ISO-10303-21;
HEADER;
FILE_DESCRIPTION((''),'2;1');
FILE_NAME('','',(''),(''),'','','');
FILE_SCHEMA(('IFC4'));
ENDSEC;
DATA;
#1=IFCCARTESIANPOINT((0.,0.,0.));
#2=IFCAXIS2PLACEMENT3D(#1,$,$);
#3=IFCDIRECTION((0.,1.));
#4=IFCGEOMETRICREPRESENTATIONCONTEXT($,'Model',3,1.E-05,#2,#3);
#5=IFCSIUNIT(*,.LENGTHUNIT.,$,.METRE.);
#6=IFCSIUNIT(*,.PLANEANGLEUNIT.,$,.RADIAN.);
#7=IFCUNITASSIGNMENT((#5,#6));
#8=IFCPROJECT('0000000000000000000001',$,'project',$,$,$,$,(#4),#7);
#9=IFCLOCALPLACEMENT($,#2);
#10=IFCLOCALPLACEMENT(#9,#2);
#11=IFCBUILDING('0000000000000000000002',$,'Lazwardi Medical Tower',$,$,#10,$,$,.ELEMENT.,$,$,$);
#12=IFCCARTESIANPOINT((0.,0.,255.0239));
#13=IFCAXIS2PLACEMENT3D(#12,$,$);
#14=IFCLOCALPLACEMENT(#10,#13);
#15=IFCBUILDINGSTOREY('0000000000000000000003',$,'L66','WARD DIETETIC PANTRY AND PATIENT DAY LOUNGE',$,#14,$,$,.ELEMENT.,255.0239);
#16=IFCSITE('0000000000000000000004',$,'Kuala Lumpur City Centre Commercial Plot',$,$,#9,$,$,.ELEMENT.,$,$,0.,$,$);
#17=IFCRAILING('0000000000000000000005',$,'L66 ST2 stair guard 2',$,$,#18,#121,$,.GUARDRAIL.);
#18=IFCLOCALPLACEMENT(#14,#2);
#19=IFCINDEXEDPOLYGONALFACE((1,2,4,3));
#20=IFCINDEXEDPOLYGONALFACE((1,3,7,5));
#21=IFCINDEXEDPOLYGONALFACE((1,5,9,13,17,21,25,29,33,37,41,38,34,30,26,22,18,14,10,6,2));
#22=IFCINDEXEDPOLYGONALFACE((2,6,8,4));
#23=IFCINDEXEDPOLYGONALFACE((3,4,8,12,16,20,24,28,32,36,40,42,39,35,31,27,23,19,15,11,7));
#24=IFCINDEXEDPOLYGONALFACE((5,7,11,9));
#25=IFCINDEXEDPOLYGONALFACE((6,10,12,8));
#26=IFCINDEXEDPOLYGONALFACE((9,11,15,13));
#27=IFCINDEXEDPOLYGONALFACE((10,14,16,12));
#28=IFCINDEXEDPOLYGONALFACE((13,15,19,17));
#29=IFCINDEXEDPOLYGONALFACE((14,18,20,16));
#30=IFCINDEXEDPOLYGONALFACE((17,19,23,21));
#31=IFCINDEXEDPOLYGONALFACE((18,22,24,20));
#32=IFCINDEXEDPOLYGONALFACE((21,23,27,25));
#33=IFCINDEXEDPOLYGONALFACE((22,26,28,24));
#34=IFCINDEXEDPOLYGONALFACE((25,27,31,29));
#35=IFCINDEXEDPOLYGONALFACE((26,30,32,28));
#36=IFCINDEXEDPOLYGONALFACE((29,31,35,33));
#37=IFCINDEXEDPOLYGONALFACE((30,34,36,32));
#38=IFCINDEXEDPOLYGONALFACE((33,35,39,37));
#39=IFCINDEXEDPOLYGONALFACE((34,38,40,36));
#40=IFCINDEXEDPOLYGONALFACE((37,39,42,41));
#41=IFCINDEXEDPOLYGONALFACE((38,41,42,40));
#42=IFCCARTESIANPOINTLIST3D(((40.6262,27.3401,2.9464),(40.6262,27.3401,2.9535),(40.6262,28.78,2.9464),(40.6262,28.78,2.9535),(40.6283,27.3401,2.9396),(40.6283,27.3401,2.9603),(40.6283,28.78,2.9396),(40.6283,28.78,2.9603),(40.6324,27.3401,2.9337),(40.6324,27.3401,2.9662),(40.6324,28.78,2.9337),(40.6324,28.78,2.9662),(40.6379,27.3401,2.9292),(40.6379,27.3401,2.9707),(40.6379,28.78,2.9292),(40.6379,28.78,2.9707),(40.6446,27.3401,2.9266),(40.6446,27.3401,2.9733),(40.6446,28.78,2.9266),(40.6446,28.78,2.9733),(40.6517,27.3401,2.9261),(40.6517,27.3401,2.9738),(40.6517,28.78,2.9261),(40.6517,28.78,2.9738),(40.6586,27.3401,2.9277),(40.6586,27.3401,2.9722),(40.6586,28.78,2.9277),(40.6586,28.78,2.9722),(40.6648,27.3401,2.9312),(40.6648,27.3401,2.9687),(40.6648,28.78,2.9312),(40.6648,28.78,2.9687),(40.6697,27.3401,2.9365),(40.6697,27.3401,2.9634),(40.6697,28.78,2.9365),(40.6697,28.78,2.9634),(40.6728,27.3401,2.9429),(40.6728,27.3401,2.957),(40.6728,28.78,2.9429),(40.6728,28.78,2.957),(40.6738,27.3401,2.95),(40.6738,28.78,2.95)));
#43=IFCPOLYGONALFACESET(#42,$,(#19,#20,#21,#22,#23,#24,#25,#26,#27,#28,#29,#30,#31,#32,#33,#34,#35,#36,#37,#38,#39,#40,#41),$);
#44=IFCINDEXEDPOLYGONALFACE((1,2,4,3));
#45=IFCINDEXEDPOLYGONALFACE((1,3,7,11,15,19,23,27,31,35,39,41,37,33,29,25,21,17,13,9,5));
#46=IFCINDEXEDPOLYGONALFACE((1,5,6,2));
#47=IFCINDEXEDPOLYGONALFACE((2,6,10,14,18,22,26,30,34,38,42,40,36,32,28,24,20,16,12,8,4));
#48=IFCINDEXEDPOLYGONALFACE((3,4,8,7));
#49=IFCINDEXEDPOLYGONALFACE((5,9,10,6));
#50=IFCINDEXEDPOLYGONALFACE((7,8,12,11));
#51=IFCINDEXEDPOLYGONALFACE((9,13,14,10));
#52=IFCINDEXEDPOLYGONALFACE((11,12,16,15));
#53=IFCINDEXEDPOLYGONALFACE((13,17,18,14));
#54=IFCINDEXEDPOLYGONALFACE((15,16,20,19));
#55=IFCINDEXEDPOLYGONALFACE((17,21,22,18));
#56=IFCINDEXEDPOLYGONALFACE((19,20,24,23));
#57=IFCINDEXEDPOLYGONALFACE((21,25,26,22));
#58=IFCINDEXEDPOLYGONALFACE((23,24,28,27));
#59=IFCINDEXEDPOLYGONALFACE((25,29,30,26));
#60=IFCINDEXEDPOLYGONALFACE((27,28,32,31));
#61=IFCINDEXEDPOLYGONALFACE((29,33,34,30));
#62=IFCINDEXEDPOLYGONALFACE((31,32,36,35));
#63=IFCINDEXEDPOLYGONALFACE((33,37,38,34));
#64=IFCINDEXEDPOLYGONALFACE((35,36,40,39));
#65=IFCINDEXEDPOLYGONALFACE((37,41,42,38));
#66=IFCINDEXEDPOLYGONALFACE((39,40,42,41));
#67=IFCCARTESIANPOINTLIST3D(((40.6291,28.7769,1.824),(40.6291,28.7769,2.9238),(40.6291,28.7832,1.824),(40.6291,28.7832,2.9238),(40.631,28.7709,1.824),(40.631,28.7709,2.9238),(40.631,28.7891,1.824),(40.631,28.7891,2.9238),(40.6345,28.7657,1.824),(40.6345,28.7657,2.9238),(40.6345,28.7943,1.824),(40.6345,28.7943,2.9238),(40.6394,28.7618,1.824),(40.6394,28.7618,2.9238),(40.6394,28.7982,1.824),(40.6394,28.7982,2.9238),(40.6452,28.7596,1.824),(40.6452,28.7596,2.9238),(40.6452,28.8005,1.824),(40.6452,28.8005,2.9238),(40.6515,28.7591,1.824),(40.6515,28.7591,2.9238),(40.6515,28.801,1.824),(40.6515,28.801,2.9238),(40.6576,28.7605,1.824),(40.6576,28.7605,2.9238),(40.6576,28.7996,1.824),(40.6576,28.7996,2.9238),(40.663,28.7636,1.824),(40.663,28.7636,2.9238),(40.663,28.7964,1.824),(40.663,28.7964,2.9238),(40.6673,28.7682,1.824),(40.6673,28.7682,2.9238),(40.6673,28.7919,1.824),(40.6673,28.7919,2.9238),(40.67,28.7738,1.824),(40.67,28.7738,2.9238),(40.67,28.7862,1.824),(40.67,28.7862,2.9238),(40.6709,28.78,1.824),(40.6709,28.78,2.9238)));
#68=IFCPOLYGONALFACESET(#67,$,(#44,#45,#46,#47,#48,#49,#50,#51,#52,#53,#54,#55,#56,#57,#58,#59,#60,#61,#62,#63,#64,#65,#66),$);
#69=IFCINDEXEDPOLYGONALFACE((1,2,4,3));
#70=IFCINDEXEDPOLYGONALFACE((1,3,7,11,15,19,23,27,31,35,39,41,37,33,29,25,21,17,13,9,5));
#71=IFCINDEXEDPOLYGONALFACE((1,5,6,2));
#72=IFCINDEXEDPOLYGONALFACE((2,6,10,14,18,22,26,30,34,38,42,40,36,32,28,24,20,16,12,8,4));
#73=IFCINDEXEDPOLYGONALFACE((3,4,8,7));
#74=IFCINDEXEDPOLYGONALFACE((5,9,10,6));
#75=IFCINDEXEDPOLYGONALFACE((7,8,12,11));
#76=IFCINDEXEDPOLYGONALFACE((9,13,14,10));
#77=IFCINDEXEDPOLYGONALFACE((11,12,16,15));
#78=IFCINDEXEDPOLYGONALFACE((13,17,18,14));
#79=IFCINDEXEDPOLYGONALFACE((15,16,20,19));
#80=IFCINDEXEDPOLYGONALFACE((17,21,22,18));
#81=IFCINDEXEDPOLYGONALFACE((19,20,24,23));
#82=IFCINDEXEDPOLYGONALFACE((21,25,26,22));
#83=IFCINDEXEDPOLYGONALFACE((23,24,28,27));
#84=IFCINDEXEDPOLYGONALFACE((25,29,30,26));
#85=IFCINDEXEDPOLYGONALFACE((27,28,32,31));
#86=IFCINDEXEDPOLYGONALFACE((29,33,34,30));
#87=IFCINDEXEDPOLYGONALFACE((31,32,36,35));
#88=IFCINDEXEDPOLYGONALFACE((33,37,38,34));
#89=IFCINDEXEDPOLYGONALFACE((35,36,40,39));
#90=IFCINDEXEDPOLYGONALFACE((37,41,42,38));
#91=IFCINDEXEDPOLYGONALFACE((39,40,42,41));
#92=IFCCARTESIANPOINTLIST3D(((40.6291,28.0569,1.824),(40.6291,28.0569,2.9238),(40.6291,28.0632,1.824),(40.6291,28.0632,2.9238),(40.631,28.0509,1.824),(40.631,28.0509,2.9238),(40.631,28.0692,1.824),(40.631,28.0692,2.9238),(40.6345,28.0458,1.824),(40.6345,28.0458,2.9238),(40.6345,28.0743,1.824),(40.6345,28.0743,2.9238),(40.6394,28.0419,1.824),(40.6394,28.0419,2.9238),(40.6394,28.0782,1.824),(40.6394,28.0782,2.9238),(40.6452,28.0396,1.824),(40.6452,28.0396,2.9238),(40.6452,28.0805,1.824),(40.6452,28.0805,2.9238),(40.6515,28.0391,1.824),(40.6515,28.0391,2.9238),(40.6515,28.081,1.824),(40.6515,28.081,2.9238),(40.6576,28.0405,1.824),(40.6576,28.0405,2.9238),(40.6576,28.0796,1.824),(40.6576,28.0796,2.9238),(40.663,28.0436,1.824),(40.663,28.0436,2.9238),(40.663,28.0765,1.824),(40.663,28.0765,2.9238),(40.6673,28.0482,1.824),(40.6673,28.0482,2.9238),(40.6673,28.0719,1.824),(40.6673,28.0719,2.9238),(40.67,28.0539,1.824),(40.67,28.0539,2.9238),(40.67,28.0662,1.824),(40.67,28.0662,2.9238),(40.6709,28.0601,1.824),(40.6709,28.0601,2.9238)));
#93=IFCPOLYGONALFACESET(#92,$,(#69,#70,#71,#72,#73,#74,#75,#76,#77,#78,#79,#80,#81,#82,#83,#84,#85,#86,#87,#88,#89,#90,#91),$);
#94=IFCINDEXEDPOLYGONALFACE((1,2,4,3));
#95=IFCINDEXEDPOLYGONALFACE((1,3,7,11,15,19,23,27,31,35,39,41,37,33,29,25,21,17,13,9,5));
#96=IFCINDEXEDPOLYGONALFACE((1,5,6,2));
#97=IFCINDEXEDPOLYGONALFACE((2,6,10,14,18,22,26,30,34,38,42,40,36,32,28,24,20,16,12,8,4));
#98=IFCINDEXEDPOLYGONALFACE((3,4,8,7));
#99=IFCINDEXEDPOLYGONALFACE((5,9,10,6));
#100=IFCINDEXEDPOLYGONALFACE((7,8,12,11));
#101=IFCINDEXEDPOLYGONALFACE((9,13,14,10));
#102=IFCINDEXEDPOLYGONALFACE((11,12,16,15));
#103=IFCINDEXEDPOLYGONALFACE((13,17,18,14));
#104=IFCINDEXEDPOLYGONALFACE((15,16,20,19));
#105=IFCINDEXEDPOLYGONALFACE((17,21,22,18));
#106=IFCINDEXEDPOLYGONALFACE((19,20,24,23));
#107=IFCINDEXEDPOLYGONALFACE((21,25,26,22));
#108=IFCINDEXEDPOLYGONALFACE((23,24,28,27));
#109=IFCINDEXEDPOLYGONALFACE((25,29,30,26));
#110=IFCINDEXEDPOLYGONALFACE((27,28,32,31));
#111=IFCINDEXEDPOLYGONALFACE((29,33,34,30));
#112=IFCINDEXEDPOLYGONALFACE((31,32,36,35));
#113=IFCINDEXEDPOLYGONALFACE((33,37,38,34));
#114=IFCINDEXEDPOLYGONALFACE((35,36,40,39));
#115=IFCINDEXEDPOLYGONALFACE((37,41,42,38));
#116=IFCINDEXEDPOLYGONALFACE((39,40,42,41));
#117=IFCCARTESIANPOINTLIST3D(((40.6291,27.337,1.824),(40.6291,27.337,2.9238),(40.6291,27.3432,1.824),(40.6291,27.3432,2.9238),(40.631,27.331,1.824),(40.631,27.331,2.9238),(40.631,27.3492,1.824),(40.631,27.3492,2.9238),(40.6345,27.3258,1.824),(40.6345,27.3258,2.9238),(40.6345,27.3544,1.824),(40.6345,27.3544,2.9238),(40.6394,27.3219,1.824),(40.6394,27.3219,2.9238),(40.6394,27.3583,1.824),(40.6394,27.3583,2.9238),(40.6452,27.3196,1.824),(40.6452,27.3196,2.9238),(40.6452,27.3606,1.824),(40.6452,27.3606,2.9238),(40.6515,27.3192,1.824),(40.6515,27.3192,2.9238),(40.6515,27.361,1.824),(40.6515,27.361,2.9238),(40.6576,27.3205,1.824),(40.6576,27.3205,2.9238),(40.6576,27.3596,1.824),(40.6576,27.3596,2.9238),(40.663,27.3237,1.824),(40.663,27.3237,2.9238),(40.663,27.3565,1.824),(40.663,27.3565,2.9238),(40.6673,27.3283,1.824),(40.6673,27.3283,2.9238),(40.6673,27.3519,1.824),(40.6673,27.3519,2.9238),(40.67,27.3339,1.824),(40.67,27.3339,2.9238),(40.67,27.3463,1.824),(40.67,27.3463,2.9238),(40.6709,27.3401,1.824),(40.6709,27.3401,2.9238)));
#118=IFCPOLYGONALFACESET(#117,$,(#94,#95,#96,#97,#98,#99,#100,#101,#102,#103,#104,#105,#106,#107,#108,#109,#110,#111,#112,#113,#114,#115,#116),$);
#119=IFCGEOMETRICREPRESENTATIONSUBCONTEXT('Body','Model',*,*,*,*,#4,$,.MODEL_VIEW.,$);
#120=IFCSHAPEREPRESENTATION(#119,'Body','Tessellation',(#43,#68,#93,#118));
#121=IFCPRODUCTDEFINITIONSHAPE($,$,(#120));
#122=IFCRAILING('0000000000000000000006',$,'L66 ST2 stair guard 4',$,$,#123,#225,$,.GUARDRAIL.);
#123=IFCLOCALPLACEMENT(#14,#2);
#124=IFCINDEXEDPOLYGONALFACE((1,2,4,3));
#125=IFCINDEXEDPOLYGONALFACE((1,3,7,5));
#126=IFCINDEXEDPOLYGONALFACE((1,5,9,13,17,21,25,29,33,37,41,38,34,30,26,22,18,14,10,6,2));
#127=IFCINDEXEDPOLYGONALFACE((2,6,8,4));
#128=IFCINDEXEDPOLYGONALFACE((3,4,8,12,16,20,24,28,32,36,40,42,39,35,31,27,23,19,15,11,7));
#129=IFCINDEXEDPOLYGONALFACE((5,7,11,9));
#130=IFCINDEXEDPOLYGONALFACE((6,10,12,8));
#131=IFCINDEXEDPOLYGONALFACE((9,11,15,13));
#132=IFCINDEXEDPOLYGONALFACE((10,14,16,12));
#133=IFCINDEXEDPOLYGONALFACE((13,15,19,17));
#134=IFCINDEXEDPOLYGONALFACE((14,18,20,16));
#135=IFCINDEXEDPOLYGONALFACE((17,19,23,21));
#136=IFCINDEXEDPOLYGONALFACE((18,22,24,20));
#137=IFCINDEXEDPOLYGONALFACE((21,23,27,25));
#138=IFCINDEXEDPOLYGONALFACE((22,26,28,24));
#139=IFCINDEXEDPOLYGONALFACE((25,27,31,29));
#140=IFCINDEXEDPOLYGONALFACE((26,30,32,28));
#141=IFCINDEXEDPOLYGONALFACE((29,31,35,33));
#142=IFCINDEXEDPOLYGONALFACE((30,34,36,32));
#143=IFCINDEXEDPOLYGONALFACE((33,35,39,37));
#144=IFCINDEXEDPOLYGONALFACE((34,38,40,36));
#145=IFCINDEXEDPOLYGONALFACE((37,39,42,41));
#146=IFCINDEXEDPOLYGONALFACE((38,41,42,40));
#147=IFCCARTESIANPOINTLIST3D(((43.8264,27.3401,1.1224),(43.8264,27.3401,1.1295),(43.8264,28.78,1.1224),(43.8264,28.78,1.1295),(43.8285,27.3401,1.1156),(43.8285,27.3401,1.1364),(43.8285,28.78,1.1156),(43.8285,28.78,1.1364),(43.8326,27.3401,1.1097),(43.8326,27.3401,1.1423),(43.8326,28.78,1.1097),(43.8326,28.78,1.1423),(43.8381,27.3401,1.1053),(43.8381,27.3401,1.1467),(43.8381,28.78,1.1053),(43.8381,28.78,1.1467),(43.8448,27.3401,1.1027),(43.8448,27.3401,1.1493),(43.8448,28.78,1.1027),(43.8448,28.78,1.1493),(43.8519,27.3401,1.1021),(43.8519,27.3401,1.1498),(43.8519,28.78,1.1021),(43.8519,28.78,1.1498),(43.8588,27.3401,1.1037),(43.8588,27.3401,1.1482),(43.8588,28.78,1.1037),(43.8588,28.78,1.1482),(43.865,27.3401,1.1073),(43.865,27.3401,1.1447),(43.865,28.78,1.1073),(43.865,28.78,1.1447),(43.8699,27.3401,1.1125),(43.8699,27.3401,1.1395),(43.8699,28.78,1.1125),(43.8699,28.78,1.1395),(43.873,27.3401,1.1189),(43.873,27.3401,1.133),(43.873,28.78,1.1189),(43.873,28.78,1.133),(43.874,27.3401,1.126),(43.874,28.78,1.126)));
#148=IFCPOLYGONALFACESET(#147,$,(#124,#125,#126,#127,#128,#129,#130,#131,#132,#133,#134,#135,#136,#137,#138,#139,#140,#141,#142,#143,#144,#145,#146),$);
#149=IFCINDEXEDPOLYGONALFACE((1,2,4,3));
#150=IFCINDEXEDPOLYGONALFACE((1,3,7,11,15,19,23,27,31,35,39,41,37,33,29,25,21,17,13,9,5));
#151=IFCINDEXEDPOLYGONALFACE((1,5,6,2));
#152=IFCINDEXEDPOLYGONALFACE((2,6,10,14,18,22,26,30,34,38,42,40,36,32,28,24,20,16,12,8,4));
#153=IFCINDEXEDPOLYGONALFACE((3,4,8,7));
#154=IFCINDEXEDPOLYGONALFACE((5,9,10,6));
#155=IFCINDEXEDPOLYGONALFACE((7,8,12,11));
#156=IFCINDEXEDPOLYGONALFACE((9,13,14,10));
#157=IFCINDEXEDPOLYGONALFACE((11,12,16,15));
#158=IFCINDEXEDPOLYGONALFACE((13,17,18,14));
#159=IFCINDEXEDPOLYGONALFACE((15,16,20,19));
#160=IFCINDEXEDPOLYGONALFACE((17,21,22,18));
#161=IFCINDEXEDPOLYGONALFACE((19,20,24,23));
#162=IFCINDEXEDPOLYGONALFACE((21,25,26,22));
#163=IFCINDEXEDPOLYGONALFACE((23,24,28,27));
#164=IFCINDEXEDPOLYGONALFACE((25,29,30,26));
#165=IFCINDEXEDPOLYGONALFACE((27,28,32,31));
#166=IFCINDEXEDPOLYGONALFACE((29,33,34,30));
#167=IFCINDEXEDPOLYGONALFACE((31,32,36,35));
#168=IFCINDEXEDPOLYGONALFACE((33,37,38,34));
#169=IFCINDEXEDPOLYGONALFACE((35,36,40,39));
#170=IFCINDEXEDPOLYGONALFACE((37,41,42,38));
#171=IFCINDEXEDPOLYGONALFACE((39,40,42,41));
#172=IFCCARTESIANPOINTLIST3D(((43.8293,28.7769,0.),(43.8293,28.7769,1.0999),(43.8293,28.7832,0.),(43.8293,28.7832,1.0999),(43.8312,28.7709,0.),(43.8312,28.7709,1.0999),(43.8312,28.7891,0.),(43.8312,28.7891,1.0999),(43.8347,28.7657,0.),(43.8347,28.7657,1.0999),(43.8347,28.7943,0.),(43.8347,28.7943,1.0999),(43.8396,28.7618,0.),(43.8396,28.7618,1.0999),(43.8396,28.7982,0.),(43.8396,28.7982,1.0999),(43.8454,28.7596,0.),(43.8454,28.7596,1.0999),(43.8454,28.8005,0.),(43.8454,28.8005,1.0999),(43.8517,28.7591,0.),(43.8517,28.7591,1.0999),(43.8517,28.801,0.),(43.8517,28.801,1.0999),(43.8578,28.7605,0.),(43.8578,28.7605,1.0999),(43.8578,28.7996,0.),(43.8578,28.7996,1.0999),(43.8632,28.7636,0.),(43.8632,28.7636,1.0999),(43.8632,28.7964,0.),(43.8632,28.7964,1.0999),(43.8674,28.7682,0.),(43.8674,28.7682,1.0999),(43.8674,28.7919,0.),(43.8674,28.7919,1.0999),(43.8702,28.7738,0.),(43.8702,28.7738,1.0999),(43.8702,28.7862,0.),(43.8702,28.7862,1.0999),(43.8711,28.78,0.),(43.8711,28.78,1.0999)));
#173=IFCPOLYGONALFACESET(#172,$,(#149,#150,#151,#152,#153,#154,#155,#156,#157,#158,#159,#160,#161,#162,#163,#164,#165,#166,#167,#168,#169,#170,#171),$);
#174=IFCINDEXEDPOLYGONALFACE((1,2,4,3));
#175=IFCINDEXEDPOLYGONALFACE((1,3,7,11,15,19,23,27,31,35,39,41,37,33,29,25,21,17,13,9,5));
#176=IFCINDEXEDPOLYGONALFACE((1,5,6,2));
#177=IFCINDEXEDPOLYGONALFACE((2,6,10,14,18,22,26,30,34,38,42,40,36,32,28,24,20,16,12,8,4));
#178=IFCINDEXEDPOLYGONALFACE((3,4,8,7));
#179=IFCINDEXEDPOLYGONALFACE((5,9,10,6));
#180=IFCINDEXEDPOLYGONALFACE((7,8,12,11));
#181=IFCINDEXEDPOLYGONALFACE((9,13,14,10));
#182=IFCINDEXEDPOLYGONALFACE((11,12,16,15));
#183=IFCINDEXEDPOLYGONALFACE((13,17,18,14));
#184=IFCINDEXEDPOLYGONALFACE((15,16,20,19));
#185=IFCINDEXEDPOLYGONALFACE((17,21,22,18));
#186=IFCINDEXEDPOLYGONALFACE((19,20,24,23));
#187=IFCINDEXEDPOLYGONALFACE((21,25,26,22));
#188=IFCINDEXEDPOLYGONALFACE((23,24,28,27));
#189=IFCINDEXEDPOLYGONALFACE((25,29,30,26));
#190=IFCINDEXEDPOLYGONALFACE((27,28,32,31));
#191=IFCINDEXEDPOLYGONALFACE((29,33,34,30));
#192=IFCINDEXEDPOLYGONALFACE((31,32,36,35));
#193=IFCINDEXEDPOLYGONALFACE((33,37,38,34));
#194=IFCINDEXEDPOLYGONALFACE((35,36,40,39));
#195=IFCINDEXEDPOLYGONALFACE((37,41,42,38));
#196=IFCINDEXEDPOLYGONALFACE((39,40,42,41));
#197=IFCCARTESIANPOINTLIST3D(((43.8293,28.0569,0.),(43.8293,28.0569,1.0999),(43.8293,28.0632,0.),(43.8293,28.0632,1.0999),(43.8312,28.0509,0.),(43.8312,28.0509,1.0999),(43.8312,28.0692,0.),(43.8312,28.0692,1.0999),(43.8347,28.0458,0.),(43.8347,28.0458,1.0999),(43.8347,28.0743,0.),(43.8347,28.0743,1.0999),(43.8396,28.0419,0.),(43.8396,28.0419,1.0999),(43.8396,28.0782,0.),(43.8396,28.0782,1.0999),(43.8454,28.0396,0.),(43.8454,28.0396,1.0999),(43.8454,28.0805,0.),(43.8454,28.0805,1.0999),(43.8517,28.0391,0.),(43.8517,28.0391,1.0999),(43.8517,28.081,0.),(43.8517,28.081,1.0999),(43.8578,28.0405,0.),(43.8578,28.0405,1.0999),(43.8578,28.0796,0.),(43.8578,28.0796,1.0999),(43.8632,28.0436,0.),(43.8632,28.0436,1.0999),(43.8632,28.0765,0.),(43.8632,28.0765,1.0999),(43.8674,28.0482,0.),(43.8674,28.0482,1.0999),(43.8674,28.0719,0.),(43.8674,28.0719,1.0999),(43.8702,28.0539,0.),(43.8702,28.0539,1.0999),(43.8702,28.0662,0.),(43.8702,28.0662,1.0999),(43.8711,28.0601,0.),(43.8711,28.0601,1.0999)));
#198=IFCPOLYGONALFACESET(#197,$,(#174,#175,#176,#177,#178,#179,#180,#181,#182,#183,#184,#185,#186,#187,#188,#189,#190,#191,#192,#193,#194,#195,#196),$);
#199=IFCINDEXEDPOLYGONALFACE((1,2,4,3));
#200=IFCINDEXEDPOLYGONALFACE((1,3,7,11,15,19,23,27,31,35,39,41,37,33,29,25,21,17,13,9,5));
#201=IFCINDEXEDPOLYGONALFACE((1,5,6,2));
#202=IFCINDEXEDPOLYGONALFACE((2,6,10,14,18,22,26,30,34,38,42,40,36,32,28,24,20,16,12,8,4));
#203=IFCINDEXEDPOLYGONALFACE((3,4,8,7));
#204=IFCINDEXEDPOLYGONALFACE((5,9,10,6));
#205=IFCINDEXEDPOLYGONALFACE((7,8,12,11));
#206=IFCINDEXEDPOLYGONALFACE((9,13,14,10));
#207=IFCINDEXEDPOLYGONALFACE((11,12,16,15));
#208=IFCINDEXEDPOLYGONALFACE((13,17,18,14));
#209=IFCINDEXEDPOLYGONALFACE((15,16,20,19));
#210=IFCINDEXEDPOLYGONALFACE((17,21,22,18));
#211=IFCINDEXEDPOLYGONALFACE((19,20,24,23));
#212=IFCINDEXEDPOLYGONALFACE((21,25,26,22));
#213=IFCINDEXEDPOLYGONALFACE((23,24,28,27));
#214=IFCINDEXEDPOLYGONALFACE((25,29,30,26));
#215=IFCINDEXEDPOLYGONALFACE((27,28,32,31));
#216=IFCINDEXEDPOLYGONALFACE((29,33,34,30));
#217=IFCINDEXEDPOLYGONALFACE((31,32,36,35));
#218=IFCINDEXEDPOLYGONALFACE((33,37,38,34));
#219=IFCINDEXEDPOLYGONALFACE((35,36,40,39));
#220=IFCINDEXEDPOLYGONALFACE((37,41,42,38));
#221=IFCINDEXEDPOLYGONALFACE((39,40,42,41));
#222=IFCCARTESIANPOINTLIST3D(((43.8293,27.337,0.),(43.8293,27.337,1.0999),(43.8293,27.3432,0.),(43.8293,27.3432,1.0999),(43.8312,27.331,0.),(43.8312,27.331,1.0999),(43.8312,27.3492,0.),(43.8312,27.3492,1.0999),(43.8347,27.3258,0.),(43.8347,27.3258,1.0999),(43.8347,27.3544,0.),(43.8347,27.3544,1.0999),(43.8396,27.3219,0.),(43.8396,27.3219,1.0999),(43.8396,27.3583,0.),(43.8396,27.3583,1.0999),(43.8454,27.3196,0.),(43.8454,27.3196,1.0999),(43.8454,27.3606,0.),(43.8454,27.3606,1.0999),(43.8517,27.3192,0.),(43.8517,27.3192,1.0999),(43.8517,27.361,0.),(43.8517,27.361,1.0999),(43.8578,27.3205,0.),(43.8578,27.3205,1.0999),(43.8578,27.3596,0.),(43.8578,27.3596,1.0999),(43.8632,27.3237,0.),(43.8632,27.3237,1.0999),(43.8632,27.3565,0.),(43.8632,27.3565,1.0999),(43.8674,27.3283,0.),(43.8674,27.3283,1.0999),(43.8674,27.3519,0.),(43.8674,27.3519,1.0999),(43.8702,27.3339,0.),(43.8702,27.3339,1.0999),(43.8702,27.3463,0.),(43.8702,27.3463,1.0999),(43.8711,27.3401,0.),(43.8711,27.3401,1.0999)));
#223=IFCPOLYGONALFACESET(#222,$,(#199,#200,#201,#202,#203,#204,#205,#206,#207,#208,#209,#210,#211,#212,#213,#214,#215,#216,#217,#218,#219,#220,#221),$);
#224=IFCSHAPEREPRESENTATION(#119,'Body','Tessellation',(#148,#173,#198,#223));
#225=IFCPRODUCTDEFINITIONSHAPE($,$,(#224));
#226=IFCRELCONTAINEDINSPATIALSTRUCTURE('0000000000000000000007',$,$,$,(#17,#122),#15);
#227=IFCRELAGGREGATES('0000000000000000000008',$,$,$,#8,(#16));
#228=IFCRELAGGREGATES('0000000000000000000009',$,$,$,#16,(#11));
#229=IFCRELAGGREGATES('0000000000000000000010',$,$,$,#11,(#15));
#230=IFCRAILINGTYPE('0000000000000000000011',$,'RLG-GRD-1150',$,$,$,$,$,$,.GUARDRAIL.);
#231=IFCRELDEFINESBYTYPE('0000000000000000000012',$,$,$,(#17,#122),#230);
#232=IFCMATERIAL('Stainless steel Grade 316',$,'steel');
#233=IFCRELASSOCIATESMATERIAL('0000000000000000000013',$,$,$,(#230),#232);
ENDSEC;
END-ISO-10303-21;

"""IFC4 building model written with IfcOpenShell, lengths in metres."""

from ifc_helpers import new_model, si_unit, direction, frame, origin, origin_2d, place, context, subcontext, project, spatial, circle, extrude, material, type_object, element, save


model = new_model("IFC4")

# Units and contexts
model_context = context("Model", 3, precision=1e-05, world=origin(), true_north=direction((0.0, 1.0)))
body_context = subcontext(model_context, "Body", "Model", "MODEL_VIEW")
ifc_project = project(units=[si_unit("LENGTHUNIT", "METRE"), si_unit("PLANEANGLEUNIT", "RADIAN")], contexts=[model_context])

# Site, building, storey
site_placement = place(None, origin())
site = spatial("IfcSite", under=ifc_project, at=site_placement, Name="Kuala Lumpur City Centre Commercial Plot", CompositionType="ELEMENT", RefElevation=0.0)
building_placement = place(site_placement, origin())
building = spatial("IfcBuilding", under=site, at=building_placement, Name="Lazwardi Medical Tower", CompositionType="ELEMENT")
storey_placement = place(building_placement, frame((0.0, 0.0, 255.0239)))
storey = spatial("IfcBuildingStorey", under=building, at=storey_placement, Name="L66", Description="WARD DIETETIC PANTRY AND PATIENT DAY LOUNGE", CompositionType="ELEMENT", Elevation=255.0239)

# Railings
ifc_material_1 = material(Name="Stainless steel Grade 316", Category="steel")
railing_type_1 = type_object("IfcRailingType", Name="RLG-GRD-1150", PredefinedType="GUARDRAIL", material=ifc_material_1)
for number, where, name in (
    (1, (40.6499, 28.78, 1.824), "L66 ST2 stair guard 2"),
    (2, (43.8501, 28.78, 0.0), "L66 ST2 stair guard 4"),
):
    element("IfcRailing", number, at=place(storey_placement, frame(where)), inside=storey, type_object=railing_type_1, Name=name, PredefinedType="GUARDRAIL", context=body_context, shape_type="SweptSolid", body=[
        extrude(circle(Radius=0.0239, at=origin_2d()), frame((0.0, 0.0, 1.126), z_axis=(0.0, -1.0, 0.0), x_axis=(1.0, 0.0, 0.0)), (0.0, 0.0, 1.0), 1.4399),
        extrude(circle(Radius=0.021, at=origin_2d()), origin(), (0.0, 0.0, 1.0), 1.0999),
        extrude(circle(Radius=0.021, at=origin_2d()), frame((0.0, -0.72, 0.0)), (0.0, 0.0, 1.0), 1.0999),
        extrude(circle(Radius=0.021, at=origin_2d()), frame((0.0, -1.4399, 0.0)), (0.0, 0.0, 1.0), 1.0999),
    ])

save(model, "model.ifc")
